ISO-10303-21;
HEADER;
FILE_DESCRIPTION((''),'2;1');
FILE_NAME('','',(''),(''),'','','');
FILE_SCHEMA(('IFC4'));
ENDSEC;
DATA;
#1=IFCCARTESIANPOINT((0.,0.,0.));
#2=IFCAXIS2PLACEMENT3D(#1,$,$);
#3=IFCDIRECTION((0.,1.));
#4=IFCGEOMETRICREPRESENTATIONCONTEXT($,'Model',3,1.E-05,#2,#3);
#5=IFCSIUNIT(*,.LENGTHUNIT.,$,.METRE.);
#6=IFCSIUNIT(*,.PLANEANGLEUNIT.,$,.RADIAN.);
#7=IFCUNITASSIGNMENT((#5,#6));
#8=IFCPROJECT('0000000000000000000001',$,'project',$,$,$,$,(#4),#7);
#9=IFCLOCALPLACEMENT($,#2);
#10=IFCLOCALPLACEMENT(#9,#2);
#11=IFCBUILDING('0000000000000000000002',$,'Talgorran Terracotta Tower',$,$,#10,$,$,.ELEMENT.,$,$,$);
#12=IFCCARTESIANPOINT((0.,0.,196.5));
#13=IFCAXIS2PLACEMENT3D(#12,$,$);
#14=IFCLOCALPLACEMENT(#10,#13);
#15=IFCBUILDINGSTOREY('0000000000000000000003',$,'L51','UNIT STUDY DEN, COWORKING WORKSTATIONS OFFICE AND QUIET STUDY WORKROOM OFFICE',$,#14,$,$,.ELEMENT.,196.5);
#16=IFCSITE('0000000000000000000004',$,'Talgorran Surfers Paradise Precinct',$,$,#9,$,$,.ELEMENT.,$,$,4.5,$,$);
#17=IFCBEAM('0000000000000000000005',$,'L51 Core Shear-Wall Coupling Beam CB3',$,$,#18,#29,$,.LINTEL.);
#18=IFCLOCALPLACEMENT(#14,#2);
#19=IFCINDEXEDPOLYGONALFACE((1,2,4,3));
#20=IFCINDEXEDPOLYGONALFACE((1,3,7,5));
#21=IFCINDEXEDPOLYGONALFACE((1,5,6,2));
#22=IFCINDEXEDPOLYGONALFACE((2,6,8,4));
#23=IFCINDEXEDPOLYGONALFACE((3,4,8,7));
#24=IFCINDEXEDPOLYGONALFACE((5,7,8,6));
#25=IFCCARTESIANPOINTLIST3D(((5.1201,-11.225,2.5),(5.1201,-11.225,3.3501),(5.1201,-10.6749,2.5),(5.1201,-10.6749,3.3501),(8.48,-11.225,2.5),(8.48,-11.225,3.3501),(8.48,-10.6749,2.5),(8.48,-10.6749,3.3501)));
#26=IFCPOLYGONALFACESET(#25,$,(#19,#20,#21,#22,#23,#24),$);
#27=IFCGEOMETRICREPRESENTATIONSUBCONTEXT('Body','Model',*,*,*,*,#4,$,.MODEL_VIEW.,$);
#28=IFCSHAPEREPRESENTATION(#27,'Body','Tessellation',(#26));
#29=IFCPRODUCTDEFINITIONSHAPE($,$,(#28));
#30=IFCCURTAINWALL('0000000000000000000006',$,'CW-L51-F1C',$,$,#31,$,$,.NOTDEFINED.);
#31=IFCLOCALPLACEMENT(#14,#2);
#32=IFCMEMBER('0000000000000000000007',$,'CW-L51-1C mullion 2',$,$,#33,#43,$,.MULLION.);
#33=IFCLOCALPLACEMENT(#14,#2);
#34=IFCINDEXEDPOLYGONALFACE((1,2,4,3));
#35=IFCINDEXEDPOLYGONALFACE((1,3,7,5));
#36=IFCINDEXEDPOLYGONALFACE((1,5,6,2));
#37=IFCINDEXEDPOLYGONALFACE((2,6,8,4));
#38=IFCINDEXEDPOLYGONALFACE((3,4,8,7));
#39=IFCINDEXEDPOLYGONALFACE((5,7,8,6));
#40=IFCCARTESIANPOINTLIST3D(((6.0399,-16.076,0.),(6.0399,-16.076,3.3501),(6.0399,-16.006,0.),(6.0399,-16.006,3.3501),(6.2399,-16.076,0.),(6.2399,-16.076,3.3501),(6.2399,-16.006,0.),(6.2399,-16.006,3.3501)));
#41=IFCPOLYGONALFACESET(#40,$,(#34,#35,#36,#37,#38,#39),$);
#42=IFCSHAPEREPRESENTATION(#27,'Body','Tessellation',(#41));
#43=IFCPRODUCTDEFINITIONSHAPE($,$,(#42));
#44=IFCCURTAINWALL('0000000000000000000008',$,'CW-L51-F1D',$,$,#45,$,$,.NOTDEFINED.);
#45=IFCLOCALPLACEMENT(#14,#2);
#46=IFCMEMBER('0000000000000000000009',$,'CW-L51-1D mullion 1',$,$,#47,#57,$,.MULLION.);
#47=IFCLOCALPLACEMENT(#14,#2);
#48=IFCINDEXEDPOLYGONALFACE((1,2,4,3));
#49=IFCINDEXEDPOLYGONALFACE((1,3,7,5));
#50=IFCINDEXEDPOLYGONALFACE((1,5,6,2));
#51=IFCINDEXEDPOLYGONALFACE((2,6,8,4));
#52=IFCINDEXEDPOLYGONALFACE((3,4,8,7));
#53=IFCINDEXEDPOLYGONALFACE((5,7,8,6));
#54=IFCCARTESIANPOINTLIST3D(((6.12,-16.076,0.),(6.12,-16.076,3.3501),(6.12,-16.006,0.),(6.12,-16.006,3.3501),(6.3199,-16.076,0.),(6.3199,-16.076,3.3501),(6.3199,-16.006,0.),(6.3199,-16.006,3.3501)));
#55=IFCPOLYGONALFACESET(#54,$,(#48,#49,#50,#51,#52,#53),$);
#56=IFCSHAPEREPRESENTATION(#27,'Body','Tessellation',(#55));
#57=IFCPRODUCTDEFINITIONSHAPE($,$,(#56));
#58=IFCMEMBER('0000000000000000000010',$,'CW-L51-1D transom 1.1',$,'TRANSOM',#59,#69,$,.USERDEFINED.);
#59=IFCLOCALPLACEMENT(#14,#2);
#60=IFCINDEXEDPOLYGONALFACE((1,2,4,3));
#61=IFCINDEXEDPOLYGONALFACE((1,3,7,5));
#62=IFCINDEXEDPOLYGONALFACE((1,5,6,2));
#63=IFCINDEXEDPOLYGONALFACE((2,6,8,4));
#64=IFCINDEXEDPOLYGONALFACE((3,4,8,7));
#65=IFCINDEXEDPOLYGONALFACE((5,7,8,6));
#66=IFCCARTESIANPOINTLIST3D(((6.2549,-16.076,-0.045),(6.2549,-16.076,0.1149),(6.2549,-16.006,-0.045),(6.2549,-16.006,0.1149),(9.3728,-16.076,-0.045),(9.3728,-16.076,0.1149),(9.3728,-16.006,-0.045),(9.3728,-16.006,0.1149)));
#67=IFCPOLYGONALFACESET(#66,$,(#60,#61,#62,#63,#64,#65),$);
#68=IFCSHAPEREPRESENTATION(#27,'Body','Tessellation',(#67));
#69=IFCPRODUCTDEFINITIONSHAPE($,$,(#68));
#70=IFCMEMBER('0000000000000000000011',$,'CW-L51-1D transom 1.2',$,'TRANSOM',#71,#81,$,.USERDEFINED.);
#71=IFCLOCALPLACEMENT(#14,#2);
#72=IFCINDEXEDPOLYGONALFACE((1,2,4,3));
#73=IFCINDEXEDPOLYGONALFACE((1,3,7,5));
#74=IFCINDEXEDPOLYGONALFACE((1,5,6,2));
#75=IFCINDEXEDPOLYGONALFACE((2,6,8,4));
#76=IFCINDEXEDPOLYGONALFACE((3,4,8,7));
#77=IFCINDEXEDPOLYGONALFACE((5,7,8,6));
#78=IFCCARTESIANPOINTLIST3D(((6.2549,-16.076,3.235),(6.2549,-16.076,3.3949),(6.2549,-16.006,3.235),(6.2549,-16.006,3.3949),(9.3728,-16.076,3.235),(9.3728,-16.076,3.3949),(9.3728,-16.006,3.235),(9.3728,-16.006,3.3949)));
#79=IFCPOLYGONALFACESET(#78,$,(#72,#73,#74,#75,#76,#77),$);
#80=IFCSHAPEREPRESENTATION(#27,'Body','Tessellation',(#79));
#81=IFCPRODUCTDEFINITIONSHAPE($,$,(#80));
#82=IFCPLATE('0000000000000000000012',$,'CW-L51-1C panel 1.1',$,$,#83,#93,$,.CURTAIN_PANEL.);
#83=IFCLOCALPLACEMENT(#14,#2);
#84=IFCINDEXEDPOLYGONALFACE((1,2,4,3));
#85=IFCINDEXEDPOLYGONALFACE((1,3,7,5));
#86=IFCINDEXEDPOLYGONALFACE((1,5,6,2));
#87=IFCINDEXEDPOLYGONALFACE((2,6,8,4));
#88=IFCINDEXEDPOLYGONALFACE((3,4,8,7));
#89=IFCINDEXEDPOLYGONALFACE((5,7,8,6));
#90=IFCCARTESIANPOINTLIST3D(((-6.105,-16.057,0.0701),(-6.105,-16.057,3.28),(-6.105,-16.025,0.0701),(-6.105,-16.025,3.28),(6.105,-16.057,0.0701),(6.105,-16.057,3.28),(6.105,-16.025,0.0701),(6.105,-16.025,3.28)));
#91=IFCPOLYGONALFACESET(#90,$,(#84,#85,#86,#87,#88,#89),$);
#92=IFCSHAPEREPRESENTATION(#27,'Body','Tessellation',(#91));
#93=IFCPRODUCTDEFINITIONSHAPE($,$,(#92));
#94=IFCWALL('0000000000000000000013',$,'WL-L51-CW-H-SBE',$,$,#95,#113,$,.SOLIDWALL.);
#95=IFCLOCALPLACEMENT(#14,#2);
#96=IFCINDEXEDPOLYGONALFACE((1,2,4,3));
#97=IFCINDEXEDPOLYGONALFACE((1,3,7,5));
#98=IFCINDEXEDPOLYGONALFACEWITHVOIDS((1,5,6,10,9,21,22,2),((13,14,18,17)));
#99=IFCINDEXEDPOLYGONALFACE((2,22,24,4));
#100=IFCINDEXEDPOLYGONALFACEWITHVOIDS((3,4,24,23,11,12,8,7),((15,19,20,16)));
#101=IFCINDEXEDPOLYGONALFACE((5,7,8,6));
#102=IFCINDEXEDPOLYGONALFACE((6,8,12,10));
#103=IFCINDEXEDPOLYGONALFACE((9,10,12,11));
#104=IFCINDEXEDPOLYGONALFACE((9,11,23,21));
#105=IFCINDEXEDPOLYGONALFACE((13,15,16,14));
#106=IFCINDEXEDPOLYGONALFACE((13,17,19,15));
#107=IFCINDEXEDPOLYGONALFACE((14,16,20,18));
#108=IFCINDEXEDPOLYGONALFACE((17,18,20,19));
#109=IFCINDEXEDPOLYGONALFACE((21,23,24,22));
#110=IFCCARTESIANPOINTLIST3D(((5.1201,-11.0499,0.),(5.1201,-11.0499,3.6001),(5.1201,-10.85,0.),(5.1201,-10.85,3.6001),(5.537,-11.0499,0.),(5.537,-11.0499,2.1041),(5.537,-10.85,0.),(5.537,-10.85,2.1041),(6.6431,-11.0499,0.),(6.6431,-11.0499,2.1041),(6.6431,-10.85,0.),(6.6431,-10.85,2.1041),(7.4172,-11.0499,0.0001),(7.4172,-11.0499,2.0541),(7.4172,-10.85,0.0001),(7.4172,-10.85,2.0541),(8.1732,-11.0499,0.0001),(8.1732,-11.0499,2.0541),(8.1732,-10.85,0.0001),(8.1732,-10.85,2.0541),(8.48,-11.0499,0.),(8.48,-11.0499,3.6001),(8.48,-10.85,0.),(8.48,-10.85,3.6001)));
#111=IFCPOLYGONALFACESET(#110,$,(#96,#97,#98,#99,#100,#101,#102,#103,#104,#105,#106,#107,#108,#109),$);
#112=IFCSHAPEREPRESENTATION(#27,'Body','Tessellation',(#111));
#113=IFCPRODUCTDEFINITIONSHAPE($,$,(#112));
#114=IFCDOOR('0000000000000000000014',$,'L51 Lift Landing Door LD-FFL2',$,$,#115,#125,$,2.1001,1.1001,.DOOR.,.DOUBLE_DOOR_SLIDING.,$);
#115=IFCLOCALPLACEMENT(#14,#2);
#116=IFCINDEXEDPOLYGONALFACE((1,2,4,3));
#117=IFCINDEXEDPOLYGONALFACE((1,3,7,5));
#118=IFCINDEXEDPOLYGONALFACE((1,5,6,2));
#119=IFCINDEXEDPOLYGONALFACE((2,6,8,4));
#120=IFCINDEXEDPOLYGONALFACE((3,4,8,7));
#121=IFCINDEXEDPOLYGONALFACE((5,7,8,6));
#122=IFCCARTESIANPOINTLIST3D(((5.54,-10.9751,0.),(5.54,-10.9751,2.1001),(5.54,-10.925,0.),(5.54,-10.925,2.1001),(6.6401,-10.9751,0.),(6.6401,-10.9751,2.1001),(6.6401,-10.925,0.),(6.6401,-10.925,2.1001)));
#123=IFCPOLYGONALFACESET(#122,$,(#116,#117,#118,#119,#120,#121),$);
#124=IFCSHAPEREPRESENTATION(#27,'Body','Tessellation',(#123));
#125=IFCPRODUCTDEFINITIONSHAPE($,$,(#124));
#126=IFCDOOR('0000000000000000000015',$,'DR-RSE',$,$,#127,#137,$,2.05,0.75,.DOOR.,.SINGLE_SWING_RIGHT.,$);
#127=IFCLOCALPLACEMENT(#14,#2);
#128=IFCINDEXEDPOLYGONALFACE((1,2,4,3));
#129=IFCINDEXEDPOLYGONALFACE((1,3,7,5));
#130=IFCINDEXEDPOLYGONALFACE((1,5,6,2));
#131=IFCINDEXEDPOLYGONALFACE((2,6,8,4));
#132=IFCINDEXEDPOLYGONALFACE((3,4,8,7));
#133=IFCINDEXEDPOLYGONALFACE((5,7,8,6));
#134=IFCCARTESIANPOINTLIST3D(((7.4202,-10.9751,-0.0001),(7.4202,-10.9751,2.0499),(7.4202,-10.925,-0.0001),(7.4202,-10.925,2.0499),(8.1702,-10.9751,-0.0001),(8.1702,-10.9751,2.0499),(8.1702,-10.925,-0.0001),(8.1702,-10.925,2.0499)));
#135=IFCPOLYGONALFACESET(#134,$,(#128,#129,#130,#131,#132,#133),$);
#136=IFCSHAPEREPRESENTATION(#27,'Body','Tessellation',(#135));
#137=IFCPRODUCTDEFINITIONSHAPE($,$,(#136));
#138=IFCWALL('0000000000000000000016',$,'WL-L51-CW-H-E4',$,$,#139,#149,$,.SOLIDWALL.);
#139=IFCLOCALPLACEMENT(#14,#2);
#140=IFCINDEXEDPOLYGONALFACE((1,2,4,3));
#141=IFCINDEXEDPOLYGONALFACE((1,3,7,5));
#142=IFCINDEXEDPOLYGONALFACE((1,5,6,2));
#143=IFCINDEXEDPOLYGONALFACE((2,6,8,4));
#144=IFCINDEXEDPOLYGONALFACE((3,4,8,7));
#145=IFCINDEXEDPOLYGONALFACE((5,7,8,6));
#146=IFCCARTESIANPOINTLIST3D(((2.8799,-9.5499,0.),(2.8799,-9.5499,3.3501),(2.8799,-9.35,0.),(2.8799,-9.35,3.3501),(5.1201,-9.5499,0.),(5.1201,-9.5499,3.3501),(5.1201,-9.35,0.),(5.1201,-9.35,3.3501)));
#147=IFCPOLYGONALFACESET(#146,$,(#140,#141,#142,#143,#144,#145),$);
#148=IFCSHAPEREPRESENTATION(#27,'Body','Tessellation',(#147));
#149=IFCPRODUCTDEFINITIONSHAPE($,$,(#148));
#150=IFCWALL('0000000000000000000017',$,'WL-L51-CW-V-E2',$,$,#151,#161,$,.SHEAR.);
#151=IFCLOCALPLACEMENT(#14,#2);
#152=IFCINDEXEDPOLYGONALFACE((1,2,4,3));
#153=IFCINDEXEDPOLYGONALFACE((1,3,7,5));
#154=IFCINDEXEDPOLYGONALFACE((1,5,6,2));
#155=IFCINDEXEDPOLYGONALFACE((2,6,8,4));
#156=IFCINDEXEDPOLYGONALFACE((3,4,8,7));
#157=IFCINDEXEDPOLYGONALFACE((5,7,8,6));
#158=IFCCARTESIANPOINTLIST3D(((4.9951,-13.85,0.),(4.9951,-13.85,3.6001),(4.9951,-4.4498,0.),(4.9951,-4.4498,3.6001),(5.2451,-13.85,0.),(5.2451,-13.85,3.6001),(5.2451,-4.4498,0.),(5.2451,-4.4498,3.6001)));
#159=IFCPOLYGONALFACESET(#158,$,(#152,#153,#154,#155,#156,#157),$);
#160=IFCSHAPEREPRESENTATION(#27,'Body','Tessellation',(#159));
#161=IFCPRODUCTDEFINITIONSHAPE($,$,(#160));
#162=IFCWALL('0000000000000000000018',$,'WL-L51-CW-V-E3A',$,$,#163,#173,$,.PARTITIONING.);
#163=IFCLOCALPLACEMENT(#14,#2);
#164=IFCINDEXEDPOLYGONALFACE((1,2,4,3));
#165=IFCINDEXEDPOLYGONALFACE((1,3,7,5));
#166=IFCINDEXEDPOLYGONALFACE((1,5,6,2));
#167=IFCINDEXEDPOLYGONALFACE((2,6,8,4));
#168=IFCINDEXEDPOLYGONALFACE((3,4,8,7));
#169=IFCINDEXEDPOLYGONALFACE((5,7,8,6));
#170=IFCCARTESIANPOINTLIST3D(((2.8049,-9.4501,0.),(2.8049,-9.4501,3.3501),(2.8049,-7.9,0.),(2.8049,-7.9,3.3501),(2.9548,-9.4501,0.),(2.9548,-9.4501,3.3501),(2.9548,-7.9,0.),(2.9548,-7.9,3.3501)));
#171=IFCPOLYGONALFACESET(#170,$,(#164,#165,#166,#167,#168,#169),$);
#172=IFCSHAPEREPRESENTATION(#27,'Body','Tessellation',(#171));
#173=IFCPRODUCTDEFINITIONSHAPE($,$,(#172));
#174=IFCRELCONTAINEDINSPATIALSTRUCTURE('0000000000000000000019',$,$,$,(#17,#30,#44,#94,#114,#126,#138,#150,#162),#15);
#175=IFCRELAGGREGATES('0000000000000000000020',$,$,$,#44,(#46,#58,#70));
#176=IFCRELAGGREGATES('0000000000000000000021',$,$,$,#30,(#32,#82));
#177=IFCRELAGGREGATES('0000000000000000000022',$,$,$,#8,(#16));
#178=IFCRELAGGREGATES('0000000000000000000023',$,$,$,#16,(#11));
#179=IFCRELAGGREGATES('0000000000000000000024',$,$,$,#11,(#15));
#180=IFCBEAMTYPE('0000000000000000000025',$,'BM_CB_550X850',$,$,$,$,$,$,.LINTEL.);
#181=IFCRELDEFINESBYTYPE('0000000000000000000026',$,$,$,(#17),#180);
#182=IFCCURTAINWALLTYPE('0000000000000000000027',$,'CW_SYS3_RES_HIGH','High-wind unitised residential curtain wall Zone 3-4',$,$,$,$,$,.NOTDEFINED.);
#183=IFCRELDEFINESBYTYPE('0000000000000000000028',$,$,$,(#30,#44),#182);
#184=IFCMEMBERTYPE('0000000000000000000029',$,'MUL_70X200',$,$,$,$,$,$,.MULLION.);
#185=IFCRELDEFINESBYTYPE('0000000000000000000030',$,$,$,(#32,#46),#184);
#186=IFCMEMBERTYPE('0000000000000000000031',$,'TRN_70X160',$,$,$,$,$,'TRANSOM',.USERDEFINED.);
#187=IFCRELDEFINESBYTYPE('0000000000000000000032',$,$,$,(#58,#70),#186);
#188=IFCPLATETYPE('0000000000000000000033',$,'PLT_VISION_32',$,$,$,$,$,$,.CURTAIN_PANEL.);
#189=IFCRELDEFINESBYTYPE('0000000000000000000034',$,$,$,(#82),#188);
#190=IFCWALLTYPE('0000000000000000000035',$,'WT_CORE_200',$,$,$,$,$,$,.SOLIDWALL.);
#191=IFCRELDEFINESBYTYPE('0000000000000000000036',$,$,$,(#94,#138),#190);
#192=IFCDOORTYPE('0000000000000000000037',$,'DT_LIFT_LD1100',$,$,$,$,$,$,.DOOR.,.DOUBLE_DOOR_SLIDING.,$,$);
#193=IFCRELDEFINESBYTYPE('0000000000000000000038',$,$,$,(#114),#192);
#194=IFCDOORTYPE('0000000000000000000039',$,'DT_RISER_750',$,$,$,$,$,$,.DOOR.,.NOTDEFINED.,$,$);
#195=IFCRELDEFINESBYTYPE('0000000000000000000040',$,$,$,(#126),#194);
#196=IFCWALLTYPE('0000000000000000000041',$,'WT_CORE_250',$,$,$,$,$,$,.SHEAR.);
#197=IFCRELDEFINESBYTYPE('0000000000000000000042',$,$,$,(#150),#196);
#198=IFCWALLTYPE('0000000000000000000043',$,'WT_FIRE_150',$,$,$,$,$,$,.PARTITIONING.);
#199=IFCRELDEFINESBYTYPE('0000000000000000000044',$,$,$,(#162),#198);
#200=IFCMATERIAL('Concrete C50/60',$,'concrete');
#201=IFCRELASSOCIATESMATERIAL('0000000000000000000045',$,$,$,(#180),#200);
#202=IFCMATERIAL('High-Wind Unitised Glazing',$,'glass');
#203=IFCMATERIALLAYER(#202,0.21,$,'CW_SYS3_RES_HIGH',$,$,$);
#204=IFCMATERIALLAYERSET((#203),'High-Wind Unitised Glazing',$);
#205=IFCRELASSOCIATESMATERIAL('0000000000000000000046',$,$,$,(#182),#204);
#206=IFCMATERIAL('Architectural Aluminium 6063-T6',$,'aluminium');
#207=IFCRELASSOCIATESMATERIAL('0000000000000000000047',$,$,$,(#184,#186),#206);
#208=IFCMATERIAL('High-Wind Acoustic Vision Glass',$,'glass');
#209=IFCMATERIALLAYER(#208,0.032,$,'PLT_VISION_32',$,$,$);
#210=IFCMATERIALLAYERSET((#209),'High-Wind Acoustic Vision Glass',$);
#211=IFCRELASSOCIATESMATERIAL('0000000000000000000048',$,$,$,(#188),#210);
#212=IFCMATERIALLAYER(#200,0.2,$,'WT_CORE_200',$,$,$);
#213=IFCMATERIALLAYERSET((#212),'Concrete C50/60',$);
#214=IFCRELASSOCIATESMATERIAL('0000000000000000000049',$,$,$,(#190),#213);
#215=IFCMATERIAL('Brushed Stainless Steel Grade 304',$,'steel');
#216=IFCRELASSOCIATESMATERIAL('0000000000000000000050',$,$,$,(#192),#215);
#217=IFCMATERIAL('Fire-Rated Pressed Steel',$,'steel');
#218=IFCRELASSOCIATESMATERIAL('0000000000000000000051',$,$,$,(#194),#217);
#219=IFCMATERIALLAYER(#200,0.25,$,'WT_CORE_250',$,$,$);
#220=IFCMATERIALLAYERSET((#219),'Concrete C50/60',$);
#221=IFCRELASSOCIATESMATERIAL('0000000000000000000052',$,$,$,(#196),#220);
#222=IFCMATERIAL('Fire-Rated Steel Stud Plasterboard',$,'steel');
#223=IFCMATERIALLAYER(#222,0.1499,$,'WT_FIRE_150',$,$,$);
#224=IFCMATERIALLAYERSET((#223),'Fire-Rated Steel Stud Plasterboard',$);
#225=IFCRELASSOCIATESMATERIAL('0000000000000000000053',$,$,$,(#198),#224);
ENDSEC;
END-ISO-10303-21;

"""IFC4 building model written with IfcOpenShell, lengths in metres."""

from ifc_helpers import new_model, si_unit, direction, frame, frame_2d, origin, origin_2d, place, context, subcontext, project, spatial, rectangle, extrude, source, transform, mapped, material, layer, layer_set, material_profile, profile_set, type_object, type_shapes, element, fill, aggregate, save


model = new_model("IFC4")

# Units and contexts
model_context = context("Model", 3, precision=1e-05, world=origin(), true_north=direction((0.0, 1.0)))
body_context = subcontext(model_context, "Body", "Model", "MODEL_VIEW")
ifc_project = project(units=[si_unit("LENGTHUNIT", "METRE"), si_unit("PLANEANGLEUNIT", "RADIAN")], contexts=[model_context])

# Site, building, storey
site_placement = place(None, origin())
site = spatial("IfcSite", under=ifc_project, at=site_placement, Name="Talgorran Surfers Paradise Precinct", CompositionType="ELEMENT", RefElevation=4.5)
building_placement = place(site_placement, origin())
building = spatial("IfcBuilding", under=site, at=building_placement, Name="Talgorran Terracotta Tower", CompositionType="ELEMENT")
storey_placement = place(building_placement, frame((0.0, 0.0, 196.5)))
storey = spatial("IfcBuildingStorey", under=building, at=storey_placement, Name="L51", Description="UNIT STUDY DEN, COWORKING WORKSTATIONS OFFICE AND QUIET STUDY WORKROOM OFFICE", CompositionType="ELEMENT", Elevation=196.5)

# Beam
ifc_material_1 = material(Name="Concrete C50/60", Category="concrete")
ifc_material_profile_1 = material_profile(ifc_material_1, rectangle(XDim=0.55, YDim=0.8501, at=origin_2d()), Name="RCCB550X850")
ifc_profile_set_1 = profile_set([ifc_material_profile_1], Name="Concrete C50/60")
beam_type = type_object("IfcBeamType", Name="BM_CB_550X850", PredefinedType="LINTEL", material=ifc_profile_set_1)
beam_placement = place(storey_placement, frame((5.1201, -10.95, 2.925), z_axis=(1.0, 0.0, 0.0), x_axis=(0.0, 1.0, 0.0)))
element("IfcBeam", 1, at=beam_placement, inside=storey, type_object=beam_type, Name="L51 Core Shear-Wall Coupling Beam CB3", PredefinedType="LINTEL", context=body_context, shape_type="SweptSolid", body=[
    extrude(rectangle(XDim=0.55, YDim=0.8501, at=origin_2d()), origin(), (0.0, 0.0, 1.0), 3.3599),
])

# Curtain wall, member
ifc_material_2 = material(Name="High-Wind Unitised Glazing", Category="glass")
ifc_layer_1 = layer(ifc_material_2, 0.21, Name="CW_SYS3_RES_HIGH")
ifc_layer_set_1 = layer_set([ifc_layer_1], Name="High-Wind Unitised Glazing")
curtain_wall_type = type_object("IfcCurtainWallType", Name="CW_SYS3_RES_HIGH", Description="High-wind unitised residential curtain wall Zone 3-4", PredefinedType="NOTDEFINED", material=ifc_layer_set_1)
curtain_wall_1_placement = place(storey_placement, origin())
curtain_wall_1 = element("IfcCurtainWall", 2, at=curtain_wall_1_placement, inside=storey, type_object=curtain_wall_type, Name="CW-L51-F1C", PredefinedType="NOTDEFINED")
ifc_material_3 = material(Name="Architectural Aluminium 6063-T6", Category="aluminium")
ifc_material_profile_2 = material_profile(ifc_material_3, rectangle(XDim=0.0701, YDim=0.2, at=origin_2d()), Name="CWM70X200")
ifc_profile_set_2 = profile_set([ifc_material_profile_2], Name="Architectural Aluminium 6063-T6")
member_type_1 = type_object("IfcMemberType", Name="MUL_70X200", PredefinedType="MULLION", material=ifc_profile_set_2)
member_1_placement = place(storey_placement, frame((6.1399, -16.041, 0.0), z_axis=(0.0, 0.0, 1.0), x_axis=(0.0, 1.0, 0.0)))
member_1 = element("IfcMember", 3, at=member_1_placement, type_object=member_type_1, Name="CW-L51-1C mullion 2", PredefinedType="MULLION", context=body_context, shape_type="SweptSolid", body=[
    extrude(rectangle(XDim=0.0701, YDim=0.2, at=origin_2d()), origin(), (0.0, 0.0, 1.0), 3.3501),
])

# Curtain wall, members
curtain_wall_2_placement = place(storey_placement, origin())
curtain_wall_2 = element("IfcCurtainWall", 4, at=curtain_wall_2_placement, inside=storey, type_object=curtain_wall_type, Name="CW-L51-F1D", PredefinedType="NOTDEFINED")
member_2_placement = place(storey_placement, frame((6.22, -16.041, 0.0), z_axis=(0.0, 0.0, 1.0), x_axis=(0.0, 1.0, 0.0)))
member_2 = element("IfcMember", 5, at=member_2_placement, type_object=member_type_1, Name="CW-L51-1D mullion 1", PredefinedType="MULLION", context=body_context, shape_type="SweptSolid", body=[
    extrude(rectangle(XDim=0.0701, YDim=0.2, at=origin_2d()), origin(), (0.0, 0.0, 1.0), 3.3501),
])
ifc_material_profile_3 = material_profile(ifc_material_3, rectangle(XDim=0.0701, YDim=0.1599, at=origin_2d()), Name="CWT70X160")
ifc_profile_set_3 = profile_set([ifc_material_profile_3], Name="Architectural Aluminium 6063-T6")
member_type_2 = type_object("IfcMemberType", Name="TRN_70X160", ElementType="TRANSOM", PredefinedType="USERDEFINED", material=ifc_profile_set_3)
member_3_placement = place(storey_placement, frame((6.2549, -16.041, 0.0349), z_axis=(1.0, 0.0, 0.0), x_axis=(0.0, 1.0, 0.0)))
member_3 = element("IfcMember", 6, at=member_3_placement, type_object=member_type_2, Name="CW-L51-1D transom 1.1", ObjectType="TRANSOM", PredefinedType="USERDEFINED", context=body_context, shape_type="SweptSolid", body=[
    extrude(rectangle(XDim=0.0701, YDim=0.1599, at=origin_2d()), origin(), (0.0, 0.0, 1.0), 3.1179),
])
member_4_placement = place(storey_placement, frame((6.2549, -16.041, 3.3149), z_axis=(1.0, 0.0, 0.0), x_axis=(0.0, 1.0, 0.0)))
member_4 = element("IfcMember", 7, at=member_4_placement, type_object=member_type_2, Name="CW-L51-1D transom 1.2", ObjectType="TRANSOM", PredefinedType="USERDEFINED", context=body_context, shape_type="SweptSolid", body=[
    extrude(rectangle(XDim=0.0701, YDim=0.1599, at=origin_2d()), origin(), (0.0, 0.0, 1.0), 3.1179),
])
aggregate(curtain_wall_2, [member_2, member_3, member_4])

# Plate
ifc_material_4 = material(Name="High-Wind Acoustic Vision Glass", Category="glass")
ifc_layer_2 = layer(ifc_material_4, 0.032, Name="PLT_VISION_32")
ifc_layer_set_2 = layer_set([ifc_layer_2], Name="High-Wind Acoustic Vision Glass")
plate_type = type_object("IfcPlateType", Name="PLT_VISION_32", PredefinedType="CURTAIN_PANEL", material=ifc_layer_set_2)
shared_shape = source(origin(), body_context, "Body", "SweptSolid", [
    extrude(rectangle(XDim=12.21, YDim=0.032, at=origin_2d()), origin(), (0.0, 0.0, 1.0), 3.21),
])
type_shapes(plate_type, [shared_shape])
plate_placement = place(storey_placement, frame((0.0, -16.041, 0.0701), z_axis=(0.0, 0.0, 1.0), x_axis=(1.0, 0.0, 0.0)))
plate = element("IfcPlate", 8, at=plate_placement, type_object=plate_type, Name="CW-L51-1C panel 1.1", PredefinedType="CURTAIN_PANEL", context=body_context, shape_type="MappedRepresentation", body=[
    mapped(shared_shape, transform((0.0, 0.0, 0.0), scale=1.0)),
])
aggregate(curtain_wall_1, [member_1, plate])

# Wall, openings, doors
ifc_layer_3 = layer(ifc_material_1, 0.2, Name="WT_CORE_200")
ifc_layer_set_3 = layer_set([ifc_layer_3], Name="Concrete C50/60")
wall_type_1 = type_object("IfcWallType", Name="WT_CORE_200", PredefinedType="SOLIDWALL", material=ifc_layer_set_3)
wall_1_placement = place(storey_placement, frame((5.1201, -10.95, 0.0), z_axis=(0.0, 0.0, 1.0), x_axis=(1.0, 0.0, 0.0)))
wall_1 = element("IfcWall", 9, at=wall_1_placement, inside=storey, type_object=wall_type_1, Name="WL-L51-CW-H-SBE", PredefinedType="SOLIDWALL", context=body_context, shape_type="SweptSolid", body=[
    extrude(rectangle(XDim=3.3599, YDim=0.2, at=frame_2d((1.6799, 0.0))), origin(), (0.0, 0.0, 1.0), 3.6001),
])
opening_1_placement = place(wall_1_placement, frame((0.4199, 0.0, 0.0)))
opening_1 = element("IfcOpeningElement", 10, at=opening_1_placement, cuts=wall_1, PredefinedType="OPENING", context=body_context, shape_type="SweptSolid", body=[
    extrude(rectangle(XDim=1.1061, YDim=2.1041, at=frame_2d((0.55, 1.052))), frame((0.0, 0.1099, 0.0), z_axis=(0.0, -1.0, 0.0), x_axis=(1.0, 0.0, 0.0)), (0.0, 0.0, 1.0), 0.22),
])
opening_2_placement = place(wall_1_placement, frame((2.3, 0.0, 0.0)))
opening_2 = element("IfcOpeningElement", 11, at=opening_2_placement, cuts=wall_1, PredefinedType="OPENING", context=body_context, shape_type="SweptSolid", body=[
    extrude(rectangle(XDim=0.756, YDim=2.054, at=frame_2d((0.375, 1.0271))), frame((0.0, 0.1099, 0.0), z_axis=(0.0, -1.0, 0.0), x_axis=(1.0, 0.0, 0.0)), (0.0, 0.0, 1.0), 0.22),
])
ifc_material_5 = material(Name="Brushed Stainless Steel Grade 304", Category="steel")
door_type_1 = type_object("IfcDoorType", Name="DT_LIFT_LD1100", OperationType="DOUBLE_DOOR_SLIDING", PredefinedType="DOOR", material=ifc_material_5)
door_1_placement = place(opening_1_placement, origin())
door_1 = element("IfcDoor", 12, at=door_1_placement, inside=storey, type_object=door_type_1, Name="L51 Lift Landing Door LD-FFL2", OperationType="DOUBLE_DOOR_SLIDING", OverallHeight=2.1001, OverallWidth=1.1001, PredefinedType="DOOR", context=body_context, shape_type="SweptSolid", body=[
    extrude(rectangle(XDim=1.1001, YDim=2.1001, at=frame_2d((0.55, 1.05))), frame((0.0, 0.0249, 0.0), z_axis=(0.0, -1.0, 0.0), x_axis=(1.0, 0.0, 0.0)), (0.0, 0.0, 1.0), 0.05),
])
fill(opening_1, door_1)
ifc_material_6 = material(Name="Fire-Rated Pressed Steel", Category="steel")
door_type_2 = type_object("IfcDoorType", Name="DT_RISER_750", OperationType="NOTDEFINED", PredefinedType="DOOR", material=ifc_material_6)
door_2_placement = place(opening_2_placement, origin())
door_2 = element("IfcDoor", 13, at=door_2_placement, inside=storey, type_object=door_type_2, Name="DR-RSE", OperationType="SINGLE_SWING_RIGHT", OverallHeight=2.05, OverallWidth=0.75, PredefinedType="DOOR", context=body_context, shape_type="SweptSolid", body=[
    extrude(rectangle(XDim=0.75, YDim=2.05, at=frame_2d((0.375, 1.0249))), frame((0.0, 0.0249, 0.0), z_axis=(0.0, -1.0, 0.0), x_axis=(1.0, 0.0, 0.0)), (0.0, 0.0, 1.0), 0.05),
])
fill(opening_2, door_2)

# Walls
wall_2_placement = place(storey_placement, frame((2.8799, -9.45, 0.0), z_axis=(0.0, 0.0, 1.0), x_axis=(1.0, 0.0, 0.0)))
element("IfcWall", 14, at=wall_2_placement, inside=storey, type_object=wall_type_1, Name="WL-L51-CW-H-E4", PredefinedType="SOLIDWALL", context=body_context, shape_type="SweptSolid", body=[
    extrude(rectangle(XDim=2.2402, YDim=0.2, at=frame_2d((1.1201, 0.0))), origin(), (0.0, 0.0, 1.0), 3.3501),
])
ifc_layer_4 = layer(ifc_material_1, 0.25, Name="WT_CORE_250")
ifc_layer_set_4 = layer_set([ifc_layer_4], Name="Concrete C50/60")
wall_type_2 = type_object("IfcWallType", Name="WT_CORE_250", PredefinedType="SHEAR", material=ifc_layer_set_4)
wall_3_placement = place(storey_placement, frame((5.1201, -13.8501, 0.0), z_axis=(0.0, 0.0, 1.0), x_axis=(0.0, 1.0, 0.0)))
element("IfcWall", 15, at=wall_3_placement, inside=storey, type_object=wall_type_2, Name="WL-L51-CW-V-E2", PredefinedType="SHEAR", context=body_context, shape_type="SweptSolid", body=[
    extrude(rectangle(XDim=9.4001, YDim=0.25, at=frame_2d((4.7002, 0.0))), origin(), (0.0, 0.0, 1.0), 3.6001),
])
ifc_material_7 = material(Name="Fire-Rated Steel Stud Plasterboard", Category="steel")
ifc_layer_5 = layer(ifc_material_7, 0.1499, Name="WT_FIRE_150")
ifc_layer_set_5 = layer_set([ifc_layer_5], Name="Fire-Rated Steel Stud Plasterboard")
wall_type_3 = type_object("IfcWallType", Name="WT_FIRE_150", PredefinedType="PARTITIONING", material=ifc_layer_set_5)
wall_4_placement = place(storey_placement, frame((2.8799, -9.45, 0.0), z_axis=(0.0, 0.0, 1.0), x_axis=(0.0, 1.0, 0.0)))
element("IfcWall", 16, at=wall_4_placement, inside=storey, type_object=wall_type_3, Name="WL-L51-CW-V-E3A", PredefinedType="PARTITIONING", context=body_context, shape_type="SweptSolid", body=[
    extrude(rectangle(XDim=1.55, YDim=0.1499, at=frame_2d((0.7749, 0.0))), origin(), (0.0, 0.0, 1.0), 3.3501),
])

save(model, "model.ifc")
